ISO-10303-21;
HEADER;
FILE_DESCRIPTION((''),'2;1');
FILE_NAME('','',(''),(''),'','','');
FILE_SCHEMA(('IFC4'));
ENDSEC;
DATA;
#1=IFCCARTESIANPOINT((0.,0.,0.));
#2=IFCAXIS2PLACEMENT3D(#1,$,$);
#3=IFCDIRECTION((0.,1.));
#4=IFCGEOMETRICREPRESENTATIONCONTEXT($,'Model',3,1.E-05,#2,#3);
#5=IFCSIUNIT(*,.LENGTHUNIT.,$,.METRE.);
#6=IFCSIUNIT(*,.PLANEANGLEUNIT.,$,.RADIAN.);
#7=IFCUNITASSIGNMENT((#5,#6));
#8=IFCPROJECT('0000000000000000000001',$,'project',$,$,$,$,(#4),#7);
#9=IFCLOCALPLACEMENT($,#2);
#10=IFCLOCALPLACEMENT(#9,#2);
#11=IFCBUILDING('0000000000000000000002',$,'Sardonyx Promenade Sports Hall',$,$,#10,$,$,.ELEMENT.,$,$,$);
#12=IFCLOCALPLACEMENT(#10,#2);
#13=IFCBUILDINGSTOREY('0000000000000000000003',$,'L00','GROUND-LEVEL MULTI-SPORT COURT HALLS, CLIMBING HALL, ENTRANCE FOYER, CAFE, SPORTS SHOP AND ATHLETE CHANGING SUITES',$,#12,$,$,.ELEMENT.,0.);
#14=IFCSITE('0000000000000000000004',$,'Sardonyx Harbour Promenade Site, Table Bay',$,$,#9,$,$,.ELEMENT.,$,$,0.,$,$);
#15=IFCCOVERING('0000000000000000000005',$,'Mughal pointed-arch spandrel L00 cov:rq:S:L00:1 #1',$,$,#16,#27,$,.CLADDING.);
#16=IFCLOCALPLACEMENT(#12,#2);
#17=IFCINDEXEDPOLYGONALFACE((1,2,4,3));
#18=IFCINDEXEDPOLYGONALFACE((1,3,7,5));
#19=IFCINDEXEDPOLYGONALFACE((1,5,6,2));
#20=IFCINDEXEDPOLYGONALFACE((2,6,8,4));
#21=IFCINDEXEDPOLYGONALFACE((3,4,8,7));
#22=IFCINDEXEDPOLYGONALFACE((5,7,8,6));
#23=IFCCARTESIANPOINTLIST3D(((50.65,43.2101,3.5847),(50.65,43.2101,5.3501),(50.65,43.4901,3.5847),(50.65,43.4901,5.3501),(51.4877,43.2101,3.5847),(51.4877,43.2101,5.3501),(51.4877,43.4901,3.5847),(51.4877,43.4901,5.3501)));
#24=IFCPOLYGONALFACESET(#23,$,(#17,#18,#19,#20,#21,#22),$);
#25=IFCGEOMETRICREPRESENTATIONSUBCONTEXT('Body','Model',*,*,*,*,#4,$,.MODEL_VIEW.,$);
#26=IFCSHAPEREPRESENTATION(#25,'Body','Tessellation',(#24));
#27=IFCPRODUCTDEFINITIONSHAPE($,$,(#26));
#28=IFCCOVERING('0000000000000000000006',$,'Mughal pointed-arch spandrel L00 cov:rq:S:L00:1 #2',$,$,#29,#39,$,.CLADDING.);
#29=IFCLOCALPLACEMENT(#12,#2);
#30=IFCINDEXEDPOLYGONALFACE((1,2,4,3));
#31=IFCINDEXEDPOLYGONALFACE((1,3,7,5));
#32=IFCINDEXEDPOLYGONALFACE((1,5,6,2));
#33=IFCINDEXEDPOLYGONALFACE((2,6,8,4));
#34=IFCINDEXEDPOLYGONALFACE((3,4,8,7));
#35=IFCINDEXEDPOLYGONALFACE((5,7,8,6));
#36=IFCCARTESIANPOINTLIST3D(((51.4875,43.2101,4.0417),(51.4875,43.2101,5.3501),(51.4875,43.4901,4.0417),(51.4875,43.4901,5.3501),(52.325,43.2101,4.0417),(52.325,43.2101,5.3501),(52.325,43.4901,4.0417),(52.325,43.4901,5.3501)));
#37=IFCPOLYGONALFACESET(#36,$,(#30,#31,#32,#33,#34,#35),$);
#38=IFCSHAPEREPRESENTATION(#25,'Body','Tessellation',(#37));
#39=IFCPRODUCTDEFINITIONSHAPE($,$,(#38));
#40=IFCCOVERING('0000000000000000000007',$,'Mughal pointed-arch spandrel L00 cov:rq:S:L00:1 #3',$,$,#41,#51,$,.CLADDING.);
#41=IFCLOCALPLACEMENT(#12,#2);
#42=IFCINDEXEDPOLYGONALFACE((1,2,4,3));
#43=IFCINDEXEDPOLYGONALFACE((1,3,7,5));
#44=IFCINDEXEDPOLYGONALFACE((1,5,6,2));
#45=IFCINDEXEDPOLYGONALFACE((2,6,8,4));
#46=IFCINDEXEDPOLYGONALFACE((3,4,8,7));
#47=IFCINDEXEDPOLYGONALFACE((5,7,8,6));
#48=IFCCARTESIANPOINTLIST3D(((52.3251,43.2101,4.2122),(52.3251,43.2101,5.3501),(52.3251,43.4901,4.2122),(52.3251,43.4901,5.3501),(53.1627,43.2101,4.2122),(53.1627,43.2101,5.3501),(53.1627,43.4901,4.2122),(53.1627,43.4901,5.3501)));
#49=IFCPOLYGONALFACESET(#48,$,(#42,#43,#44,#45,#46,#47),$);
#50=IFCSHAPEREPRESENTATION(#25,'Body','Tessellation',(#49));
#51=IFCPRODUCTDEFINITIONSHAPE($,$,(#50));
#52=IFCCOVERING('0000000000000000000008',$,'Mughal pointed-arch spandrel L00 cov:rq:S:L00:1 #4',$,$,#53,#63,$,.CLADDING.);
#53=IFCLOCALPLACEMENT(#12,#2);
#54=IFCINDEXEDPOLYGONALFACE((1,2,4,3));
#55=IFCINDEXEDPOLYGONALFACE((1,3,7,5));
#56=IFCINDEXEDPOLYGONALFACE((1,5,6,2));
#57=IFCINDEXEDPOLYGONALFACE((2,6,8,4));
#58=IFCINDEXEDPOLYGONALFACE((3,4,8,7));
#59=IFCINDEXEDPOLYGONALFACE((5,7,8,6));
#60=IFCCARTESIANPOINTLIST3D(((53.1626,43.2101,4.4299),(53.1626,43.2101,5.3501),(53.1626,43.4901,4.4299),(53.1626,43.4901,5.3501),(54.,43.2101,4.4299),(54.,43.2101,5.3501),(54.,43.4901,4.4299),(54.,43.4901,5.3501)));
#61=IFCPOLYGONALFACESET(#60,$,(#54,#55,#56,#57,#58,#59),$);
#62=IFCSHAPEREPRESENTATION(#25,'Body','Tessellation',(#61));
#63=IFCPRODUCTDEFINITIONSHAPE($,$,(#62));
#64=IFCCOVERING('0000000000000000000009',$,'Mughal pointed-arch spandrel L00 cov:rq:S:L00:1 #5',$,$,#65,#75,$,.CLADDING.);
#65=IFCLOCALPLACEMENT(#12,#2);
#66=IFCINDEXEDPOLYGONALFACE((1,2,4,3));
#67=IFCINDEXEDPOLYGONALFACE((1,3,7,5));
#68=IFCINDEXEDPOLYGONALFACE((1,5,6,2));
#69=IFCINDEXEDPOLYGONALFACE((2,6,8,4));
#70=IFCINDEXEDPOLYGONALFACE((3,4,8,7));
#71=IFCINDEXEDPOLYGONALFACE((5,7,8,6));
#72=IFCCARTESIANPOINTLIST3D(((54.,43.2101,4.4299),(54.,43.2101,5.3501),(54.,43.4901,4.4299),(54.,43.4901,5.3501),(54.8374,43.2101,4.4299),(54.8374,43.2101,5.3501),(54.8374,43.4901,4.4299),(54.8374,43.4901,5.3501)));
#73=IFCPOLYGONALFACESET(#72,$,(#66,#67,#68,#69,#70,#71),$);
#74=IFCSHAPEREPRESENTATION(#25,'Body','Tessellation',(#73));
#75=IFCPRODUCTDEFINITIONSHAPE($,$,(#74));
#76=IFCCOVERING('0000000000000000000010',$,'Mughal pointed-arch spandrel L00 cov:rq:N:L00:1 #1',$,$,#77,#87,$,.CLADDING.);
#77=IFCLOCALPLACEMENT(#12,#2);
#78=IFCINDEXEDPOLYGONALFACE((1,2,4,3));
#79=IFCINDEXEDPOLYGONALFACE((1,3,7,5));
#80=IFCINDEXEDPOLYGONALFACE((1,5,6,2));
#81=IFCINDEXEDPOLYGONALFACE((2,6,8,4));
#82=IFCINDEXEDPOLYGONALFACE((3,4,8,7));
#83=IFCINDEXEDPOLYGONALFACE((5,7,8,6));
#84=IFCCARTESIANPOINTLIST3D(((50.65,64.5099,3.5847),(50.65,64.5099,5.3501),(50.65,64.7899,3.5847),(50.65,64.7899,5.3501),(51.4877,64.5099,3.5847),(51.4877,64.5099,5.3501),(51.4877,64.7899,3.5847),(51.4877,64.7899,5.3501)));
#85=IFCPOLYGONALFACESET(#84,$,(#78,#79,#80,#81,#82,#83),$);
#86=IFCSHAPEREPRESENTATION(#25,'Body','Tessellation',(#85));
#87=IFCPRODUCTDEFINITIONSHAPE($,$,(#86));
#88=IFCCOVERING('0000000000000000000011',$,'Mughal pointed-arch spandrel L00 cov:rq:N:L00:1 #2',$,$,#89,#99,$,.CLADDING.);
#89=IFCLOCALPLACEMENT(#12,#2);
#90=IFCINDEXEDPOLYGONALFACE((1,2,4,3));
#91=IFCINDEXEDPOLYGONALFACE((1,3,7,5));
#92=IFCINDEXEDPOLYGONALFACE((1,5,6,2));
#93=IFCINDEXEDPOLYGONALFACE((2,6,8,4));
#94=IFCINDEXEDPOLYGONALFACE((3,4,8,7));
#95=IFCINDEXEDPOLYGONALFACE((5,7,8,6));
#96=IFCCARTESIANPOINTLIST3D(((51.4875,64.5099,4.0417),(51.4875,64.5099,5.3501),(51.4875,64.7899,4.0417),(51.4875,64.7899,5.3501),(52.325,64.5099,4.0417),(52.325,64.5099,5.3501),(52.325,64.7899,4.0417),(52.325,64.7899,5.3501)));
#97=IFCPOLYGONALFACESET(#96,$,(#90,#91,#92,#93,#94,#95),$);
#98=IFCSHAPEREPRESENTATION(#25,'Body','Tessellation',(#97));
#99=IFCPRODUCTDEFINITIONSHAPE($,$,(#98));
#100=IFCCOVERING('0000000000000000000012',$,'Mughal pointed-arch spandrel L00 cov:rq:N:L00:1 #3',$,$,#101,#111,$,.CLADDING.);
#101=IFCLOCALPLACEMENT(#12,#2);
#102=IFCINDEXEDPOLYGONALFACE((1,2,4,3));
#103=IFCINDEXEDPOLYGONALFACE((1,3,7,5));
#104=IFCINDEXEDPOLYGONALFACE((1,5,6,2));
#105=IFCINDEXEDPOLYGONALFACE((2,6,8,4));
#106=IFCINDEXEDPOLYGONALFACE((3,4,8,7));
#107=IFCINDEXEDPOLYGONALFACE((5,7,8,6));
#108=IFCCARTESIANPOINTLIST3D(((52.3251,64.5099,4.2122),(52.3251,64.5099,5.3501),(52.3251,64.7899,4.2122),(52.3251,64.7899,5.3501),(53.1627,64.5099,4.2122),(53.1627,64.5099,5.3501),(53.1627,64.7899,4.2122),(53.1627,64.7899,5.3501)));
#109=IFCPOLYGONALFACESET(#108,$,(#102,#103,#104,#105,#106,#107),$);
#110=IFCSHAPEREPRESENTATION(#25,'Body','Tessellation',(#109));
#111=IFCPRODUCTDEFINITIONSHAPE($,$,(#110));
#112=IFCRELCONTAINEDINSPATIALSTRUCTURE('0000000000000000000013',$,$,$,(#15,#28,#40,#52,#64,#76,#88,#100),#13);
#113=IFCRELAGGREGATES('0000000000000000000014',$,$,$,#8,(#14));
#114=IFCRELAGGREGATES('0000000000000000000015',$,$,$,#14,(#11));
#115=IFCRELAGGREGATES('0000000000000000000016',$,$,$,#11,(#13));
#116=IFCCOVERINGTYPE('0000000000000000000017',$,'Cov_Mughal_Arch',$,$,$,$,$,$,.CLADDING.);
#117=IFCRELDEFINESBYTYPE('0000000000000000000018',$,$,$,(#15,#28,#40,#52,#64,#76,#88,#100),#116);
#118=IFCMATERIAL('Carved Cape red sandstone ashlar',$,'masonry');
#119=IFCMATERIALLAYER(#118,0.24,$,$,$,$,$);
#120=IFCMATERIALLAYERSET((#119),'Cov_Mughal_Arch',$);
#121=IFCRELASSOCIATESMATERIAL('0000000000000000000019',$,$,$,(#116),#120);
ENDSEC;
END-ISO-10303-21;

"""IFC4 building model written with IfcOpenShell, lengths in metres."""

from ifc_helpers import new_model, si_unit, direction, frame, frame_2d, origin, place, context, subcontext, project, spatial, rectangle, extrude, material, layer, layer_set, type_object, element, save


model = new_model("IFC4")

# Units and contexts
model_context = context("Model", 3, precision=1e-05, world=origin(), true_north=direction((0.0, 1.0)))
body_context = subcontext(model_context, "Body", "Model", "MODEL_VIEW")
ifc_project = project(units=[si_unit("LENGTHUNIT", "METRE"), si_unit("PLANEANGLEUNIT", "RADIAN")], contexts=[model_context])

# Site, building, storey
site_placement = place(None, origin())
site = spatial("IfcSite", under=ifc_project, at=site_placement, Name="Sardonyx Harbour Promenade Site, Table Bay", CompositionType="ELEMENT", RefElevation=0.0)
building_placement = place(site_placement, origin())
building = spatial("IfcBuilding", under=site, at=building_placement, Name="Sardonyx Promenade Sports Hall", CompositionType="ELEMENT")
storey_placement = place(building_placement, origin())
storey = spatial("IfcBuildingStorey", under=building, at=storey_placement, Name="L00", Description="GROUND-LEVEL MULTI-SPORT COURT HALLS, CLIMBING HALL, ENTRANCE FOYER, CAFE, SPORTS SHOP AND ATHLETE CHANGING SUITES", CompositionType="ELEMENT", Elevation=0.0)

# Coverings
ifc_material_1 = material(Name="Carved Cape red sandstone ashlar", Category="masonry")
ifc_layer = layer(ifc_material_1, 0.24)
ifc_layer_set = layer_set([ifc_layer], Name="Cov_Mughal_Arch")
covering_type = type_object("IfcCoveringType", Name="Cov_Mughal_Arch", PredefinedType="CLADDING", material=ifc_layer_set)
covering_1_placement = place(storey_placement, frame((50.6499, 43.3501, 3.5847), z_axis=(0.0, 0.0, 1.0), x_axis=(1.0, 0.0, 0.0)))
element("IfcCovering", 1, at=covering_1_placement, inside=storey, type_object=covering_type, Name="Mughal pointed-arch spandrel L00 cov:rq:S:L00:1 #1", PredefinedType="CLADDING", context=body_context, shape_type="SweptSolid", body=[
    extrude(rectangle(XDim=0.8376, YDim=0.28, at=frame_2d((0.4189, 0.0))), origin(), (0.0, 0.0, 1.0), 1.7654),
])
covering_2_placement = place(storey_placement, frame((51.4875, 43.3501, 4.0417), z_axis=(0.0, 0.0, 1.0), x_axis=(1.0, 0.0, 0.0)))
element("IfcCovering", 2, at=covering_2_placement, inside=storey, type_object=covering_type, Name="Mughal pointed-arch spandrel L00 cov:rq:S:L00:1 #2", PredefinedType="CLADDING", context=body_context, shape_type="SweptSolid", body=[
    extrude(rectangle(XDim=0.8374, YDim=0.28, at=frame_2d((0.4187, 0.0))), origin(), (0.0, 0.0, 1.0), 1.3083),
])
covering_3_placement = place(storey_placement, frame((52.325, 43.3501, 4.2122), z_axis=(0.0, 0.0, 1.0), x_axis=(1.0, 0.0, 0.0)))
element("IfcCovering", 3, at=covering_3_placement, inside=storey, type_object=covering_type, Name="Mughal pointed-arch spandrel L00 cov:rq:S:L00:1 #3", PredefinedType="CLADDING", context=body_context, shape_type="SweptSolid", body=[
    extrude(rectangle(XDim=0.8376, YDim=0.28, at=frame_2d((0.4189, 0.0))), origin(), (0.0, 0.0, 1.0), 1.1379),
])
for number, where, z_axis, x_axis, name in (
    (4, (53.1626, 43.3501, 4.4299), (0.0, 0.0, 1.0), (1.0, 0.0, 0.0), "Mughal pointed-arch spandrel L00 cov:rq:S:L00:1 #4"),
    (5, (54.0, 43.3501, 4.4299), (0.0, 0.0, 1.0), (1.0, 0.0, 0.0), "Mughal pointed-arch spandrel L00 cov:rq:S:L00:1 #5"),
):
    element("IfcCovering", number, at=place(storey_placement, frame(where, z_axis=z_axis, x_axis=x_axis)), inside=storey, type_object=covering_type, Name=name, PredefinedType="CLADDING", context=body_context, shape_type="SweptSolid", body=[
        extrude(rectangle(XDim=0.8374, YDim=0.28, at=frame_2d((0.4187, 0.0))), origin(), (0.0, 0.0, 1.0), 0.9202),
    ])
covering_4_placement = place(storey_placement, frame((50.6499, 64.6499, 3.5847), z_axis=(0.0, 0.0, 1.0), x_axis=(1.0, 0.0, 0.0)))
element("IfcCovering", 6, at=covering_4_placement, inside=storey, type_object=covering_type, Name="Mughal pointed-arch spandrel L00 cov:rq:N:L00:1 #1", PredefinedType="CLADDING", context=body_context, shape_type="SweptSolid", body=[
    extrude(rectangle(XDim=0.8376, YDim=0.28, at=frame_2d((0.4189, 0.0))), origin(), (0.0, 0.0, 1.0), 1.7654),
])
covering_5_placement = place(storey_placement, frame((51.4875, 64.6499, 4.0417), z_axis=(0.0, 0.0, 1.0), x_axis=(1.0, 0.0, 0.0)))
element("IfcCovering", 7, at=covering_5_placement, inside=storey, type_object=covering_type, Name="Mughal pointed-arch spandrel L00 cov:rq:N:L00:1 #2", PredefinedType="CLADDING", context=body_context, shape_type="SweptSolid", body=[
    extrude(rectangle(XDim=0.8374, YDim=0.28, at=frame_2d((0.4187, 0.0))), origin(), (0.0, 0.0, 1.0), 1.3083),
])
covering_6_placement = place(storey_placement, frame((52.325, 64.6499, 4.2122), z_axis=(0.0, 0.0, 1.0), x_axis=(1.0, 0.0, 0.0)))
element("IfcCovering", 8, at=covering_6_placement, inside=storey, type_object=covering_type, Name="Mughal pointed-arch spandrel L00 cov:rq:N:L00:1 #3", PredefinedType="CLADDING", context=body_context, shape_type="SweptSolid", body=[
    extrude(rectangle(XDim=0.8376, YDim=0.28, at=frame_2d((0.4189, 0.0))), origin(), (0.0, 0.0, 1.0), 1.1379),
])

save(model, "model.ifc")
